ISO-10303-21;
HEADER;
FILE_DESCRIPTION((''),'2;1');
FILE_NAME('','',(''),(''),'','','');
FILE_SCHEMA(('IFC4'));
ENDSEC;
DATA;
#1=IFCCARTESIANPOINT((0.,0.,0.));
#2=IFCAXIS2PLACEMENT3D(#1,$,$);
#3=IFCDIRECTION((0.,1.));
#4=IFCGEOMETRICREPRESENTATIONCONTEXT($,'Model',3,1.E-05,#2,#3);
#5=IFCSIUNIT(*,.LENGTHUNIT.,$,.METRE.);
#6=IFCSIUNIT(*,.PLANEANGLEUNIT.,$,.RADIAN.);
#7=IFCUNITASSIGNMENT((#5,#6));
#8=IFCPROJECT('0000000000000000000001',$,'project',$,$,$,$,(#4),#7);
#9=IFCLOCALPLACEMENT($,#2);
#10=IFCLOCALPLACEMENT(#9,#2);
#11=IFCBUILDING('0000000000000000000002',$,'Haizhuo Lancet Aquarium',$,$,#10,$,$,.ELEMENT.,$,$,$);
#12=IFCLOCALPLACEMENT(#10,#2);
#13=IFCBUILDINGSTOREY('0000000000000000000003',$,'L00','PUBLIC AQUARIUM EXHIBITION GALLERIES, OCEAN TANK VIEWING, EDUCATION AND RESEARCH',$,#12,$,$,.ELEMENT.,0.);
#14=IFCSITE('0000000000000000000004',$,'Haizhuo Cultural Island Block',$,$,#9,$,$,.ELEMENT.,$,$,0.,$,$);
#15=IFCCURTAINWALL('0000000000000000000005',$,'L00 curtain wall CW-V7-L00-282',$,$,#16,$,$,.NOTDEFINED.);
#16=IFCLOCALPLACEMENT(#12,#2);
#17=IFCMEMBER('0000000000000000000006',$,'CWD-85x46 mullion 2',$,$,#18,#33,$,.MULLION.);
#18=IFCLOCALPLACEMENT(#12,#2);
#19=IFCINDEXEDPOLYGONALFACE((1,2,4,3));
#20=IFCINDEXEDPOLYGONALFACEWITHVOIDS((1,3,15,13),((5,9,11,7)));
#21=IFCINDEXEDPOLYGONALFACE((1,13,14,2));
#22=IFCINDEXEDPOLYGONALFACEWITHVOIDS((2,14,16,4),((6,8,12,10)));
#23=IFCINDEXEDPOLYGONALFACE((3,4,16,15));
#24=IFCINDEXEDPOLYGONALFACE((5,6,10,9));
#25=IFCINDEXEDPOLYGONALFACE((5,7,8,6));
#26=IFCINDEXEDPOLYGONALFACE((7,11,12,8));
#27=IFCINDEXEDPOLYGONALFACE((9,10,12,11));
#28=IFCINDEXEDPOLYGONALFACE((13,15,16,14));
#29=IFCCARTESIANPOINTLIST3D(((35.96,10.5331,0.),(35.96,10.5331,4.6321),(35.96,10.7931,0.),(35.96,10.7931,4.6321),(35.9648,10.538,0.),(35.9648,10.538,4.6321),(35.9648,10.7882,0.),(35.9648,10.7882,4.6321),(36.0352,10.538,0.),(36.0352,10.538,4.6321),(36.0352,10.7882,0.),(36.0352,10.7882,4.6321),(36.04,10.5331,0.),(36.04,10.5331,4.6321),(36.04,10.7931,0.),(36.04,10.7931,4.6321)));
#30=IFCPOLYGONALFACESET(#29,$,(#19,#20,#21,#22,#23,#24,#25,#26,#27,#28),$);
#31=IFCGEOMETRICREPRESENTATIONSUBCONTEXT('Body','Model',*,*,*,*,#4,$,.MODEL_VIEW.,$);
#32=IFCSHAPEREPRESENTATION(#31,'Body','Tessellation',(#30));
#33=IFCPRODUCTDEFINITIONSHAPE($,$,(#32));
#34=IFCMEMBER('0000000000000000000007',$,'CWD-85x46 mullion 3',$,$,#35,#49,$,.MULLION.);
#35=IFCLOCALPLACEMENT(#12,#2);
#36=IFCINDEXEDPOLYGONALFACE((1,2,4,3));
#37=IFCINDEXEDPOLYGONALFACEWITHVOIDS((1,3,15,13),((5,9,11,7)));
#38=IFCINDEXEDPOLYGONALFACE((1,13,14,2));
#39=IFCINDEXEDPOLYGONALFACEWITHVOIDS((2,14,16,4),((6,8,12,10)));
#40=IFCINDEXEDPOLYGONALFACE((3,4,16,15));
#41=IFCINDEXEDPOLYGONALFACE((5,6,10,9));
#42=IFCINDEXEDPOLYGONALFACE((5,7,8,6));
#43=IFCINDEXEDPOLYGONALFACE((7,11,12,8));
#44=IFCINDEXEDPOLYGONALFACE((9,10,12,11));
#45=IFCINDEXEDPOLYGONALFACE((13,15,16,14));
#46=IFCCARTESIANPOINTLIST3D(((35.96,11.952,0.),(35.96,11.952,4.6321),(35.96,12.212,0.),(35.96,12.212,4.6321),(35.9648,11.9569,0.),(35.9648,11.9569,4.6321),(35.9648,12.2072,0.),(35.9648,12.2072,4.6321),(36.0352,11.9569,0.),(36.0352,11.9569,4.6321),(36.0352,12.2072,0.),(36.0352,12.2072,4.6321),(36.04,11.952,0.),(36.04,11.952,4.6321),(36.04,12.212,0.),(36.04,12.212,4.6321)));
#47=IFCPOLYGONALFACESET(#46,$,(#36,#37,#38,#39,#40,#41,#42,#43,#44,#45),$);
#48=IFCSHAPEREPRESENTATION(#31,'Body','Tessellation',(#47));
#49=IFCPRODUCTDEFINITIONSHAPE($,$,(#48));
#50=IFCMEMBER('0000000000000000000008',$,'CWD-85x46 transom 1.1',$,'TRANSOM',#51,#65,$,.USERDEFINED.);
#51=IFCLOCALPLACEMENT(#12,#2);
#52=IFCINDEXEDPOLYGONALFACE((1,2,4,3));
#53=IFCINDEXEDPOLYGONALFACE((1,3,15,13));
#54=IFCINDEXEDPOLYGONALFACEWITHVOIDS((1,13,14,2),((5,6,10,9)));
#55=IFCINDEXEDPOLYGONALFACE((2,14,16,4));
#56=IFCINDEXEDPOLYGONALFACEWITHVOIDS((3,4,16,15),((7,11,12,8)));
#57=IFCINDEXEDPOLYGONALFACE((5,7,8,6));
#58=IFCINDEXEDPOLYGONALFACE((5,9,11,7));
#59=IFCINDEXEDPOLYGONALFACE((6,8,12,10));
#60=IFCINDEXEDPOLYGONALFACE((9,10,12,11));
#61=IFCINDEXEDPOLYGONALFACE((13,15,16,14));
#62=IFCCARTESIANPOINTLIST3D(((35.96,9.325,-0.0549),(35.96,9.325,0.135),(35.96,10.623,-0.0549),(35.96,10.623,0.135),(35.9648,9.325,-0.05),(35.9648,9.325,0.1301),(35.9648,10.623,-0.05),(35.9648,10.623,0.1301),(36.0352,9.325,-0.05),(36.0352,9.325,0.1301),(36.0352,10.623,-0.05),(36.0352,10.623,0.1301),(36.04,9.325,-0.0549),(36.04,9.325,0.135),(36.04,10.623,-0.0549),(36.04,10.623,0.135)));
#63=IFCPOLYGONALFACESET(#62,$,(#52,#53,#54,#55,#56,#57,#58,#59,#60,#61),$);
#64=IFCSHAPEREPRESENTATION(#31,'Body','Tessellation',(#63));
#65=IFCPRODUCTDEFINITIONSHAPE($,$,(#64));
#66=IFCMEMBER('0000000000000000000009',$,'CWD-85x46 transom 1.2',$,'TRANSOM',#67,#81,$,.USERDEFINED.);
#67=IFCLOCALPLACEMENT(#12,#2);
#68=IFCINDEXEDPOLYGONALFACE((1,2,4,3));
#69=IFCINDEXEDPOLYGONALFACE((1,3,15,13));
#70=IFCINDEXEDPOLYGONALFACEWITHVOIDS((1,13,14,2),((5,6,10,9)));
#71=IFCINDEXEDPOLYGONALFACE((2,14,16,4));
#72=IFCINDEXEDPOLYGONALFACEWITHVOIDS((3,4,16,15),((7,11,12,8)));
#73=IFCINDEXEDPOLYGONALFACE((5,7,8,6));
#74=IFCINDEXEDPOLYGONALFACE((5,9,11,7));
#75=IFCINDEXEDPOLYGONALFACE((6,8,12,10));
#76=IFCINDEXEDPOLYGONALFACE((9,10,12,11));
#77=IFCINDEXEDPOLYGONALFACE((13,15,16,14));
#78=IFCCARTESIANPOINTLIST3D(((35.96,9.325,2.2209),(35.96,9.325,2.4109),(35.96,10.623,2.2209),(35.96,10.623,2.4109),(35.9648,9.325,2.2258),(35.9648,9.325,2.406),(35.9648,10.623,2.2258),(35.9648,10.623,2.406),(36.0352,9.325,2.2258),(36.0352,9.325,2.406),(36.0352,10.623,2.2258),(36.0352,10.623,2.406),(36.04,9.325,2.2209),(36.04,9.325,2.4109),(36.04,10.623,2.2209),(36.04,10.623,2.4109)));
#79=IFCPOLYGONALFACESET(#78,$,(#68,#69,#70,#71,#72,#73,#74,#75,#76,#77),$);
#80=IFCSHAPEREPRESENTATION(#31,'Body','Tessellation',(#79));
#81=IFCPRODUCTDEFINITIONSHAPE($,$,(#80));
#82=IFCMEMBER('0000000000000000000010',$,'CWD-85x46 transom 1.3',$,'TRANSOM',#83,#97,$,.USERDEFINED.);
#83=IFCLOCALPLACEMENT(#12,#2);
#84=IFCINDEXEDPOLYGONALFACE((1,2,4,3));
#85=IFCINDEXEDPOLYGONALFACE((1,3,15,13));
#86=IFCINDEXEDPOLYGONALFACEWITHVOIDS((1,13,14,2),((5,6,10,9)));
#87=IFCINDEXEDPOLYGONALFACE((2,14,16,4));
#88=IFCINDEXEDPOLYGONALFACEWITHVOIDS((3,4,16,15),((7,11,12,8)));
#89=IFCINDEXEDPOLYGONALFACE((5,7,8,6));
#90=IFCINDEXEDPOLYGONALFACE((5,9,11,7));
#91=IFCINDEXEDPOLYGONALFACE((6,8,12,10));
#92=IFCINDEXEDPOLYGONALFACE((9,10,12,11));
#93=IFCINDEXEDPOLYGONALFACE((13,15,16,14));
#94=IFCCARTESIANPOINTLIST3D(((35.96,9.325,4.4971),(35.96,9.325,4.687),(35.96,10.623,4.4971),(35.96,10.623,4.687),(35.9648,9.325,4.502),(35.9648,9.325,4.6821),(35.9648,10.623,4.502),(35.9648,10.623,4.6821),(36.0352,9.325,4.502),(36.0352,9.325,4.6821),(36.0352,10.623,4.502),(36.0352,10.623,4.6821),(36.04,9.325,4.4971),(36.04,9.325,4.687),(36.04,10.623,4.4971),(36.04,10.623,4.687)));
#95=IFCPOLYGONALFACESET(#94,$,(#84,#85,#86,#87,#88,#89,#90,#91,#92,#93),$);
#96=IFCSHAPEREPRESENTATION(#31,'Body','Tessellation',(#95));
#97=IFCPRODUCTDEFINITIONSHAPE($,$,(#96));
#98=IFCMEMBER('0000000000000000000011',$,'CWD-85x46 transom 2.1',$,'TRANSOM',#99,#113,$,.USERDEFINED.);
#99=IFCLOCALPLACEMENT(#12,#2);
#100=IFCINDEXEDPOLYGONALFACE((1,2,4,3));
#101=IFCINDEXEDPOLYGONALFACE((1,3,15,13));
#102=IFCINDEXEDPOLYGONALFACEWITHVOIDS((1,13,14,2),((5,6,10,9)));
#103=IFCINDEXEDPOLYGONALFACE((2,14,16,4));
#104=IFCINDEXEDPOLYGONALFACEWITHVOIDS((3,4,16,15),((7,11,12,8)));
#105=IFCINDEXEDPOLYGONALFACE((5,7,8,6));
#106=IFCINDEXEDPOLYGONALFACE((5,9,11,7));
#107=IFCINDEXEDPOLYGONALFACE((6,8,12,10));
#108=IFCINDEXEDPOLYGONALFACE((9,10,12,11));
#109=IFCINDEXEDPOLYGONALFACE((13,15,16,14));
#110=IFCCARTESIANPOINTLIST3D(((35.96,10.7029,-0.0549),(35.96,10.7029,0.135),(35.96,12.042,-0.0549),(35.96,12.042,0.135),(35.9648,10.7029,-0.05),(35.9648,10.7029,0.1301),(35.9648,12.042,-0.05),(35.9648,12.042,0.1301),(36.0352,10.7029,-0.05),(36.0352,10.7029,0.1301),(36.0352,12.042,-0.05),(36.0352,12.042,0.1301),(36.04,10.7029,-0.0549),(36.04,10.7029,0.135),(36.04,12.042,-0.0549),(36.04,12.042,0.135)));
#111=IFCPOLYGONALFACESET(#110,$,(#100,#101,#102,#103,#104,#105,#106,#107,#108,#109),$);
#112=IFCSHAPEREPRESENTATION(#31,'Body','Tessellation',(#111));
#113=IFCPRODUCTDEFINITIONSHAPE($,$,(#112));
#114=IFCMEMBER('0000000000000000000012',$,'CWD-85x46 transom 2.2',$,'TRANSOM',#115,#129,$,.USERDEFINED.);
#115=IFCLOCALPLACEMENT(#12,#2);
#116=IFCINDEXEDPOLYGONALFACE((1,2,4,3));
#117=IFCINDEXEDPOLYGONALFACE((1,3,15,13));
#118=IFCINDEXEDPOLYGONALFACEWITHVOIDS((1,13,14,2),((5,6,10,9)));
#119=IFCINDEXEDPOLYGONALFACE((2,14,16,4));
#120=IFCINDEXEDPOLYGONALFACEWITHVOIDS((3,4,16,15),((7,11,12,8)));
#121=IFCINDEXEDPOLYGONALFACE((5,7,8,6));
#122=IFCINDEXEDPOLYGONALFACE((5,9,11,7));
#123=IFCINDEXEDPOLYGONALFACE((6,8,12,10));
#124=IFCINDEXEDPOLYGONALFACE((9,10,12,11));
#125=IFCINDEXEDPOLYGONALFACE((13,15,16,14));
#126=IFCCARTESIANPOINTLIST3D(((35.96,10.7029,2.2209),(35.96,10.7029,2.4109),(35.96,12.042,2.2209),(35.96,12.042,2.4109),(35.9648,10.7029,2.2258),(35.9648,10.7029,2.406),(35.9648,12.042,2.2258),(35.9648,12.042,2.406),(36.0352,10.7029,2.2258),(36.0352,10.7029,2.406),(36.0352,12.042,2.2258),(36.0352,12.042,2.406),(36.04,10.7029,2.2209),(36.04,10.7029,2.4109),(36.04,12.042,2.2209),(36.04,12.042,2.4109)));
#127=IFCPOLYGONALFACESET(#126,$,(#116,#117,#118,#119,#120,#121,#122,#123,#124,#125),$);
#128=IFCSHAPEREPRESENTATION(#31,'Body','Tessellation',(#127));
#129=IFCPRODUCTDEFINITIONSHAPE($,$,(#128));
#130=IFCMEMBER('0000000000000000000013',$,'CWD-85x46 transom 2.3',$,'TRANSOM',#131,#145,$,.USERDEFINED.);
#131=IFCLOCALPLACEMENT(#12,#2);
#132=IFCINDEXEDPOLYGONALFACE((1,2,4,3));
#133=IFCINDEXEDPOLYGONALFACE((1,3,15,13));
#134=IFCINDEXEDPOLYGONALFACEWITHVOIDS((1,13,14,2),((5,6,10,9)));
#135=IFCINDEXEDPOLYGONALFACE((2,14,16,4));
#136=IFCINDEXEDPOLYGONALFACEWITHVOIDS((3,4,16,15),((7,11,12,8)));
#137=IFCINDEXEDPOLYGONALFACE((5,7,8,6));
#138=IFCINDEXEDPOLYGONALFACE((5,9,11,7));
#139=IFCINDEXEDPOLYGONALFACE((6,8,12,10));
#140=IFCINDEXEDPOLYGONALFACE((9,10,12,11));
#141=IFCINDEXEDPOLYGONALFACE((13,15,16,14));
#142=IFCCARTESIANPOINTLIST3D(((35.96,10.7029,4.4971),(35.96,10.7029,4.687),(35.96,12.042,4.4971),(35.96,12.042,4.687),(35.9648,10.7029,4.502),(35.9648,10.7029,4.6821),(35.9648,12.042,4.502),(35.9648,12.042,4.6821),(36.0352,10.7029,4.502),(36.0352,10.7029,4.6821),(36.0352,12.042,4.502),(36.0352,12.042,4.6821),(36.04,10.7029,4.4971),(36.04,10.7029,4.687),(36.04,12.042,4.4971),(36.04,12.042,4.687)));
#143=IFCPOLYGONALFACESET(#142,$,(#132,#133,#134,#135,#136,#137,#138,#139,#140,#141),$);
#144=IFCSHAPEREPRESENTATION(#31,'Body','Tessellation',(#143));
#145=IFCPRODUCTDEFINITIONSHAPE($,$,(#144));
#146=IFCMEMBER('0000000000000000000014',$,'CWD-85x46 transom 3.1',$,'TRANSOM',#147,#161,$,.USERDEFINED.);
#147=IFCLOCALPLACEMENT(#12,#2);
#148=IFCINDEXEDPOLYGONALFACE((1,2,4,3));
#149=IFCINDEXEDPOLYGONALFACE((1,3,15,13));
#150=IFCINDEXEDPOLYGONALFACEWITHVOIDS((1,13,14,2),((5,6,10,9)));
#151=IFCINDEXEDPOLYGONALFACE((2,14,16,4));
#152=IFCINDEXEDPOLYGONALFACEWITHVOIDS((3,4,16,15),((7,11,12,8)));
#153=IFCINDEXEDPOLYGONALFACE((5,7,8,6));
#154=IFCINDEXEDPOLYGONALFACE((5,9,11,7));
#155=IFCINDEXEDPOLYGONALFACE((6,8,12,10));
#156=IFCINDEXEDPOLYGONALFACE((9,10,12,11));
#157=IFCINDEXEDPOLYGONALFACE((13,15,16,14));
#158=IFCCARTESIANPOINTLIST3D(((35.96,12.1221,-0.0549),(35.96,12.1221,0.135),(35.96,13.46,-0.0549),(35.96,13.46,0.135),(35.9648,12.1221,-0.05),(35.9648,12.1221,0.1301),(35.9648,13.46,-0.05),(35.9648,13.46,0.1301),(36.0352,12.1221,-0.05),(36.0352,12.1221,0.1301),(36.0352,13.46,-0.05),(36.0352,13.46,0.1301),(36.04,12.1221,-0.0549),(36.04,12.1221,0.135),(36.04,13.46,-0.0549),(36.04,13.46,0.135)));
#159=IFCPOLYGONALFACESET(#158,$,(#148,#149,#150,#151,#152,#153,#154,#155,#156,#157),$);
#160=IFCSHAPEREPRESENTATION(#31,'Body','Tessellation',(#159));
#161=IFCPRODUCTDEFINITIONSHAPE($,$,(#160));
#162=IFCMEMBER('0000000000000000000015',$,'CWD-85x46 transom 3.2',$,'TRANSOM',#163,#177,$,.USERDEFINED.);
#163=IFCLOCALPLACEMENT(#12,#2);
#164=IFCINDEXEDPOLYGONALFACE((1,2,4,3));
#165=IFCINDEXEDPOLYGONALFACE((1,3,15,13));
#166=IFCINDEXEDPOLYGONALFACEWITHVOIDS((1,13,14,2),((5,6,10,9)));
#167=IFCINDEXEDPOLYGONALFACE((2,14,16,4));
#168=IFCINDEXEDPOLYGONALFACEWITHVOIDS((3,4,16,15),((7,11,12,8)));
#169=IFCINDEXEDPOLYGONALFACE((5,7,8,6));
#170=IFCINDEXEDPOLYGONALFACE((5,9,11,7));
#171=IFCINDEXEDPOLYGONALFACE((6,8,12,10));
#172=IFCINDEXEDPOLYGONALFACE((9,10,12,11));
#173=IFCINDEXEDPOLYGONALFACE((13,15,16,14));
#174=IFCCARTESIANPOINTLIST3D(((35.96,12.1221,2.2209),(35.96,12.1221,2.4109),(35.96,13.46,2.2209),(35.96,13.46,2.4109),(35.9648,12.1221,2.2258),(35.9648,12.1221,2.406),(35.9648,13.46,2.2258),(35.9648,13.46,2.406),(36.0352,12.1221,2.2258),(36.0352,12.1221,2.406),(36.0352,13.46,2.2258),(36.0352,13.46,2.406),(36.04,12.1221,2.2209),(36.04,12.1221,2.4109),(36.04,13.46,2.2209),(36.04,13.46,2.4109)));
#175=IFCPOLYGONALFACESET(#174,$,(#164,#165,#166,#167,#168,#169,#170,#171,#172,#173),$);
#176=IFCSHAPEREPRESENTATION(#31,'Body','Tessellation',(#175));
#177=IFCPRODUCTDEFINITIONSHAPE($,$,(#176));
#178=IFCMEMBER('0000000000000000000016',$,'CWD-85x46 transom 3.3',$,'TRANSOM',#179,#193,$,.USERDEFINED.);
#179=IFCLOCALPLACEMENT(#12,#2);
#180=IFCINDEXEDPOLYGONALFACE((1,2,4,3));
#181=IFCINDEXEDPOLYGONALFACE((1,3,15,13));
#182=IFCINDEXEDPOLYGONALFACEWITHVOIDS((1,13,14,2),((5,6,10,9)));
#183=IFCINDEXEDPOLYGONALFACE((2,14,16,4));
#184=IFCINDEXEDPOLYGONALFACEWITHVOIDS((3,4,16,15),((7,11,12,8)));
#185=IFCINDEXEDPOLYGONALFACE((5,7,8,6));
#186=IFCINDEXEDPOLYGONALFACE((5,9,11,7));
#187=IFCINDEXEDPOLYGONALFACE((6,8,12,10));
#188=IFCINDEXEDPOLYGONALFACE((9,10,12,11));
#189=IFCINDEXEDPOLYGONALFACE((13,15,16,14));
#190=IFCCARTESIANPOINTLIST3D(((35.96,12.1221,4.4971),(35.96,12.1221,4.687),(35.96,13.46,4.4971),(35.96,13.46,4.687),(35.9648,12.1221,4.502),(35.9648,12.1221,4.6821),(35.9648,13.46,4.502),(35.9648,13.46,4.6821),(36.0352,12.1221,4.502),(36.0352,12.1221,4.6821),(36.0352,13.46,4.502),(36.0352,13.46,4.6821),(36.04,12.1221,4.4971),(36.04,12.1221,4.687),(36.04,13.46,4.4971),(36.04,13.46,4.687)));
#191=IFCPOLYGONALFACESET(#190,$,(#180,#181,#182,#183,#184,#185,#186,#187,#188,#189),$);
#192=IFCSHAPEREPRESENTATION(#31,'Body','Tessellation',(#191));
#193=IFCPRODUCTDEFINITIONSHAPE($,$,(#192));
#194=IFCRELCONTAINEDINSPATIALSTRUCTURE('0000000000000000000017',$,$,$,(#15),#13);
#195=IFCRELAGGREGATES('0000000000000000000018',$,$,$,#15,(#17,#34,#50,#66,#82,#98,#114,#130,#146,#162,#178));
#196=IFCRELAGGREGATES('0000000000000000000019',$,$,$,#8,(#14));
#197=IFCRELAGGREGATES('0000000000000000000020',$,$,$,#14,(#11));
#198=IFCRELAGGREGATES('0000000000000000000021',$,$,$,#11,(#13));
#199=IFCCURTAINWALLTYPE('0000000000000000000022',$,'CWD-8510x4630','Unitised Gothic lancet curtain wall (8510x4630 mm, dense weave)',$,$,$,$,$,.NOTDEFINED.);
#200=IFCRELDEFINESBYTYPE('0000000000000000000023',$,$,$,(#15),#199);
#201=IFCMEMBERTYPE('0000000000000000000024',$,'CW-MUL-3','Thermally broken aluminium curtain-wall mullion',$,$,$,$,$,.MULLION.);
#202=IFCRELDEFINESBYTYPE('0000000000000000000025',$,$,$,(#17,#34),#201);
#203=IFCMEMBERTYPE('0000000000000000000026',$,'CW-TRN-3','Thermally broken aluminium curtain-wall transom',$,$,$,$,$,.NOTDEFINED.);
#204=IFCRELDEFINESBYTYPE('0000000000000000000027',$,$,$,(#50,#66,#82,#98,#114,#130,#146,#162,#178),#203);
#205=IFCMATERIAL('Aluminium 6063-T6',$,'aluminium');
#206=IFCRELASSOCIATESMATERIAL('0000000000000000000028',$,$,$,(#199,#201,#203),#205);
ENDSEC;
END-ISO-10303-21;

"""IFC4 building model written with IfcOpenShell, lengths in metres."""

from ifc_helpers import new_model, si_unit, direction, frame, origin, origin_2d, place, context, subcontext, project, spatial, hollow_rectangle, extrude, material, material_profile, profile_set, type_object, element, aggregate, save


model = new_model("IFC4")

# Units and contexts
model_context = context("Model", 3, precision=1e-05, world=origin(), true_north=direction((0.0, 1.0)))
body_context = subcontext(model_context, "Body", "Model", "MODEL_VIEW")
ifc_project = project(units=[si_unit("LENGTHUNIT", "METRE"), si_unit("PLANEANGLEUNIT", "RADIAN")], contexts=[model_context])

# Site, building, storey
site_placement = place(None, origin())
site = spatial("IfcSite", under=ifc_project, at=site_placement, Name="Haizhuo Cultural Island Block", CompositionType="ELEMENT", RefElevation=0.0)
building_placement = place(site_placement, origin())
building = spatial("IfcBuilding", under=site, at=building_placement, Name="Haizhuo Lancet Aquarium", CompositionType="ELEMENT")
storey_placement = place(building_placement, origin())
storey = spatial("IfcBuildingStorey", under=building, at=storey_placement, Name="L00", Description="PUBLIC AQUARIUM EXHIBITION GALLERIES, OCEAN TANK VIEWING, EDUCATION AND RESEARCH", CompositionType="ELEMENT", Elevation=0.0)

# Curtain wall, members
ifc_material_1 = material(Name="Aluminium 6063-T6", Category="aluminium")
curtain_wall_type = type_object("IfcCurtainWallType", Name="CWD-8510x4630", Description="Unitised Gothic lancet curtain wall (8510x4630 mm, dense weave)", PredefinedType="NOTDEFINED", material=ifc_material_1)
curtain_wall_placement = place(storey_placement, origin())
curtain_wall = element("IfcCurtainWall", 1, at=curtain_wall_placement, inside=storey, type_object=curtain_wall_type, Name="L00 curtain wall CW-V7-L00-282", PredefinedType="NOTDEFINED")
ifc_material_profile_1 = material_profile(ifc_material_1, hollow_rectangle(XDim=0.0801, YDim=0.26, WallThickness=0.0049, at=origin_2d()), Name="ALU-M 80x260x5")
ifc_profile_set_1 = profile_set([ifc_material_profile_1], Name="Aluminium 6063-T6")
member_type_1 = type_object("IfcMemberType", Name="CW-MUL-3", Description="Thermally broken aluminium curtain-wall mullion", PredefinedType="MULLION", material=ifc_profile_set_1)
member_1_placement = place(storey_placement, frame((36.0, 10.6631, 0.0), z_axis=(0.0, 0.0, 1.0), x_axis=(-1.0, 0.0, 0.0)))
member_1 = element("IfcMember", 2, at=member_1_placement, type_object=member_type_1, Name="CWD-85x46 mullion 2", PredefinedType="MULLION", context=body_context, shape_type="SweptSolid", body=[
    extrude(hollow_rectangle(XDim=0.0801, YDim=0.26, WallThickness=0.0049, at=origin_2d()), origin(), (0.0, 0.0, 1.0), 4.6321),
])
member_2_placement = place(storey_placement, frame((36.0, 12.082, 0.0), z_axis=(0.0, 0.0, 1.0), x_axis=(-1.0, 0.0, 0.0)))
member_2 = element("IfcMember", 3, at=member_2_placement, type_object=member_type_1, Name="CWD-85x46 mullion 3", PredefinedType="MULLION", context=body_context, shape_type="SweptSolid", body=[
    extrude(hollow_rectangle(XDim=0.0801, YDim=0.26, WallThickness=0.0049, at=origin_2d()), origin(), (0.0, 0.0, 1.0), 4.6321),
])
ifc_material_profile_2 = material_profile(ifc_material_1, hollow_rectangle(XDim=0.0801, YDim=0.1899, WallThickness=0.0049, at=origin_2d()), Name="ALU-T 80x190x5")
ifc_profile_set_2 = profile_set([ifc_material_profile_2], Name="Aluminium 6063-T6")
member_type_2 = type_object("IfcMemberType", Name="CW-TRN-3", Description="Thermally broken aluminium curtain-wall transom", PredefinedType="NOTDEFINED", material=ifc_profile_set_2)
member_3_placement = place(storey_placement, frame((36.0, 9.325, 0.04), z_axis=(0.0, 1.0, 0.0), x_axis=(-1.0, 0.0, 0.0)))
member_3 = element("IfcMember", 4, at=member_3_placement, type_object=member_type_2, Name="CWD-85x46 transom 1.1", ObjectType="TRANSOM", PredefinedType="USERDEFINED", context=body_context, shape_type="SweptSolid", body=[
    extrude(hollow_rectangle(XDim=0.0801, YDim=0.1899, WallThickness=0.0049, at=origin_2d()), origin(), (0.0, 0.0, 1.0), 1.2981),
])
member_4_placement = place(storey_placement, frame((36.0, 9.325, 2.3159), z_axis=(0.0, 1.0, 0.0), x_axis=(-1.0, 0.0, 0.0)))
member_4 = element("IfcMember", 5, at=member_4_placement, type_object=member_type_2, Name="CWD-85x46 transom 1.2", ObjectType="TRANSOM", PredefinedType="USERDEFINED", context=body_context, shape_type="SweptSolid", body=[
    extrude(hollow_rectangle(XDim=0.0801, YDim=0.1899, WallThickness=0.0049, at=origin_2d()), origin(), (0.0, 0.0, 1.0), 1.2981),
])
member_5_placement = place(storey_placement, frame((36.0, 9.325, 4.592), z_axis=(0.0, 1.0, 0.0), x_axis=(-1.0, 0.0, 0.0)))
member_5 = element("IfcMember", 6, at=member_5_placement, type_object=member_type_2, Name="CWD-85x46 transom 1.3", ObjectType="TRANSOM", PredefinedType="USERDEFINED", context=body_context, shape_type="SweptSolid", body=[
    extrude(hollow_rectangle(XDim=0.0801, YDim=0.1899, WallThickness=0.0049, at=origin_2d()), origin(), (0.0, 0.0, 1.0), 1.2981),
])
member_6_placement = place(storey_placement, frame((36.0, 10.7029, 0.04), z_axis=(0.0, 1.0, 0.0), x_axis=(-1.0, 0.0, 0.0)))
member_6 = element("IfcMember", 7, at=member_6_placement, type_object=member_type_2, Name="CWD-85x46 transom 2.1", ObjectType="TRANSOM", PredefinedType="USERDEFINED", context=body_context, shape_type="SweptSolid", body=[
    extrude(hollow_rectangle(XDim=0.0801, YDim=0.1899, WallThickness=0.0049, at=origin_2d()), origin(), (0.0, 0.0, 1.0), 1.3391),
])
member_7_placement = place(storey_placement, frame((36.0, 10.7029, 2.3159), z_axis=(0.0, 1.0, 0.0), x_axis=(-1.0, 0.0, 0.0)))
member_7 = element("IfcMember", 8, at=member_7_placement, type_object=member_type_2, Name="CWD-85x46 transom 2.2", ObjectType="TRANSOM", PredefinedType="USERDEFINED", context=body_context, shape_type="SweptSolid", body=[
    extrude(hollow_rectangle(XDim=0.0801, YDim=0.1899, WallThickness=0.0049, at=origin_2d()), origin(), (0.0, 0.0, 1.0), 1.3391),
])
member_8_placement = place(storey_placement, frame((36.0, 10.7029, 4.592), z_axis=(0.0, 1.0, 0.0), x_axis=(-1.0, 0.0, 0.0)))
member_8 = element("IfcMember", 9, at=member_8_placement, type_object=member_type_2, Name="CWD-85x46 transom 2.3", ObjectType="TRANSOM", PredefinedType="USERDEFINED", context=body_context, shape_type="SweptSolid", body=[
    extrude(hollow_rectangle(XDim=0.0801, YDim=0.1899, WallThickness=0.0049, at=origin_2d()), origin(), (0.0, 0.0, 1.0), 1.3391),
])
member_9_placement = place(storey_placement, frame((36.0, 12.1221, 0.04), z_axis=(0.0, 1.0, 0.0), x_axis=(-1.0, 0.0, 0.0)))
member_9 = element("IfcMember", 10, at=member_9_placement, type_object=member_type_2, Name="CWD-85x46 transom 3.1", ObjectType="TRANSOM", PredefinedType="USERDEFINED", context=body_context, shape_type="SweptSolid", body=[
    extrude(hollow_rectangle(XDim=0.0801, YDim=0.1899, WallThickness=0.0049, at=origin_2d()), origin(), (0.0, 0.0, 1.0), 1.3379),
])
member_10_placement = place(storey_placement, frame((36.0, 12.1221, 2.3159), z_axis=(0.0, 1.0, 0.0), x_axis=(-1.0, 0.0, 0.0)))
member_10 = element("IfcMember", 11, at=member_10_placement, type_object=member_type_2, Name="CWD-85x46 transom 3.2", ObjectType="TRANSOM", PredefinedType="USERDEFINED", context=body_context, shape_type="SweptSolid", body=[
    extrude(hollow_rectangle(XDim=0.0801, YDim=0.1899, WallThickness=0.0049, at=origin_2d()), origin(), (0.0, 0.0, 1.0), 1.3379),
])
member_11_placement = place(storey_placement, frame((36.0, 12.1221, 4.592), z_axis=(0.0, 1.0, 0.0), x_axis=(-1.0, 0.0, 0.0)))
member_11 = element("IfcMember", 12, at=member_11_placement, type_object=member_type_2, Name="CWD-85x46 transom 3.3", ObjectType="TRANSOM", PredefinedType="USERDEFINED", context=body_context, shape_type="SweptSolid", body=[
    extrude(hollow_rectangle(XDim=0.0801, YDim=0.1899, WallThickness=0.0049, at=origin_2d()), origin(), (0.0, 0.0, 1.0), 1.3379),
])

aggregate(curtain_wall, [member_1, member_2, member_3, member_4, member_5, member_6, member_7, member_8, member_9, member_10, member_11])

save(model, "model.ifc")
